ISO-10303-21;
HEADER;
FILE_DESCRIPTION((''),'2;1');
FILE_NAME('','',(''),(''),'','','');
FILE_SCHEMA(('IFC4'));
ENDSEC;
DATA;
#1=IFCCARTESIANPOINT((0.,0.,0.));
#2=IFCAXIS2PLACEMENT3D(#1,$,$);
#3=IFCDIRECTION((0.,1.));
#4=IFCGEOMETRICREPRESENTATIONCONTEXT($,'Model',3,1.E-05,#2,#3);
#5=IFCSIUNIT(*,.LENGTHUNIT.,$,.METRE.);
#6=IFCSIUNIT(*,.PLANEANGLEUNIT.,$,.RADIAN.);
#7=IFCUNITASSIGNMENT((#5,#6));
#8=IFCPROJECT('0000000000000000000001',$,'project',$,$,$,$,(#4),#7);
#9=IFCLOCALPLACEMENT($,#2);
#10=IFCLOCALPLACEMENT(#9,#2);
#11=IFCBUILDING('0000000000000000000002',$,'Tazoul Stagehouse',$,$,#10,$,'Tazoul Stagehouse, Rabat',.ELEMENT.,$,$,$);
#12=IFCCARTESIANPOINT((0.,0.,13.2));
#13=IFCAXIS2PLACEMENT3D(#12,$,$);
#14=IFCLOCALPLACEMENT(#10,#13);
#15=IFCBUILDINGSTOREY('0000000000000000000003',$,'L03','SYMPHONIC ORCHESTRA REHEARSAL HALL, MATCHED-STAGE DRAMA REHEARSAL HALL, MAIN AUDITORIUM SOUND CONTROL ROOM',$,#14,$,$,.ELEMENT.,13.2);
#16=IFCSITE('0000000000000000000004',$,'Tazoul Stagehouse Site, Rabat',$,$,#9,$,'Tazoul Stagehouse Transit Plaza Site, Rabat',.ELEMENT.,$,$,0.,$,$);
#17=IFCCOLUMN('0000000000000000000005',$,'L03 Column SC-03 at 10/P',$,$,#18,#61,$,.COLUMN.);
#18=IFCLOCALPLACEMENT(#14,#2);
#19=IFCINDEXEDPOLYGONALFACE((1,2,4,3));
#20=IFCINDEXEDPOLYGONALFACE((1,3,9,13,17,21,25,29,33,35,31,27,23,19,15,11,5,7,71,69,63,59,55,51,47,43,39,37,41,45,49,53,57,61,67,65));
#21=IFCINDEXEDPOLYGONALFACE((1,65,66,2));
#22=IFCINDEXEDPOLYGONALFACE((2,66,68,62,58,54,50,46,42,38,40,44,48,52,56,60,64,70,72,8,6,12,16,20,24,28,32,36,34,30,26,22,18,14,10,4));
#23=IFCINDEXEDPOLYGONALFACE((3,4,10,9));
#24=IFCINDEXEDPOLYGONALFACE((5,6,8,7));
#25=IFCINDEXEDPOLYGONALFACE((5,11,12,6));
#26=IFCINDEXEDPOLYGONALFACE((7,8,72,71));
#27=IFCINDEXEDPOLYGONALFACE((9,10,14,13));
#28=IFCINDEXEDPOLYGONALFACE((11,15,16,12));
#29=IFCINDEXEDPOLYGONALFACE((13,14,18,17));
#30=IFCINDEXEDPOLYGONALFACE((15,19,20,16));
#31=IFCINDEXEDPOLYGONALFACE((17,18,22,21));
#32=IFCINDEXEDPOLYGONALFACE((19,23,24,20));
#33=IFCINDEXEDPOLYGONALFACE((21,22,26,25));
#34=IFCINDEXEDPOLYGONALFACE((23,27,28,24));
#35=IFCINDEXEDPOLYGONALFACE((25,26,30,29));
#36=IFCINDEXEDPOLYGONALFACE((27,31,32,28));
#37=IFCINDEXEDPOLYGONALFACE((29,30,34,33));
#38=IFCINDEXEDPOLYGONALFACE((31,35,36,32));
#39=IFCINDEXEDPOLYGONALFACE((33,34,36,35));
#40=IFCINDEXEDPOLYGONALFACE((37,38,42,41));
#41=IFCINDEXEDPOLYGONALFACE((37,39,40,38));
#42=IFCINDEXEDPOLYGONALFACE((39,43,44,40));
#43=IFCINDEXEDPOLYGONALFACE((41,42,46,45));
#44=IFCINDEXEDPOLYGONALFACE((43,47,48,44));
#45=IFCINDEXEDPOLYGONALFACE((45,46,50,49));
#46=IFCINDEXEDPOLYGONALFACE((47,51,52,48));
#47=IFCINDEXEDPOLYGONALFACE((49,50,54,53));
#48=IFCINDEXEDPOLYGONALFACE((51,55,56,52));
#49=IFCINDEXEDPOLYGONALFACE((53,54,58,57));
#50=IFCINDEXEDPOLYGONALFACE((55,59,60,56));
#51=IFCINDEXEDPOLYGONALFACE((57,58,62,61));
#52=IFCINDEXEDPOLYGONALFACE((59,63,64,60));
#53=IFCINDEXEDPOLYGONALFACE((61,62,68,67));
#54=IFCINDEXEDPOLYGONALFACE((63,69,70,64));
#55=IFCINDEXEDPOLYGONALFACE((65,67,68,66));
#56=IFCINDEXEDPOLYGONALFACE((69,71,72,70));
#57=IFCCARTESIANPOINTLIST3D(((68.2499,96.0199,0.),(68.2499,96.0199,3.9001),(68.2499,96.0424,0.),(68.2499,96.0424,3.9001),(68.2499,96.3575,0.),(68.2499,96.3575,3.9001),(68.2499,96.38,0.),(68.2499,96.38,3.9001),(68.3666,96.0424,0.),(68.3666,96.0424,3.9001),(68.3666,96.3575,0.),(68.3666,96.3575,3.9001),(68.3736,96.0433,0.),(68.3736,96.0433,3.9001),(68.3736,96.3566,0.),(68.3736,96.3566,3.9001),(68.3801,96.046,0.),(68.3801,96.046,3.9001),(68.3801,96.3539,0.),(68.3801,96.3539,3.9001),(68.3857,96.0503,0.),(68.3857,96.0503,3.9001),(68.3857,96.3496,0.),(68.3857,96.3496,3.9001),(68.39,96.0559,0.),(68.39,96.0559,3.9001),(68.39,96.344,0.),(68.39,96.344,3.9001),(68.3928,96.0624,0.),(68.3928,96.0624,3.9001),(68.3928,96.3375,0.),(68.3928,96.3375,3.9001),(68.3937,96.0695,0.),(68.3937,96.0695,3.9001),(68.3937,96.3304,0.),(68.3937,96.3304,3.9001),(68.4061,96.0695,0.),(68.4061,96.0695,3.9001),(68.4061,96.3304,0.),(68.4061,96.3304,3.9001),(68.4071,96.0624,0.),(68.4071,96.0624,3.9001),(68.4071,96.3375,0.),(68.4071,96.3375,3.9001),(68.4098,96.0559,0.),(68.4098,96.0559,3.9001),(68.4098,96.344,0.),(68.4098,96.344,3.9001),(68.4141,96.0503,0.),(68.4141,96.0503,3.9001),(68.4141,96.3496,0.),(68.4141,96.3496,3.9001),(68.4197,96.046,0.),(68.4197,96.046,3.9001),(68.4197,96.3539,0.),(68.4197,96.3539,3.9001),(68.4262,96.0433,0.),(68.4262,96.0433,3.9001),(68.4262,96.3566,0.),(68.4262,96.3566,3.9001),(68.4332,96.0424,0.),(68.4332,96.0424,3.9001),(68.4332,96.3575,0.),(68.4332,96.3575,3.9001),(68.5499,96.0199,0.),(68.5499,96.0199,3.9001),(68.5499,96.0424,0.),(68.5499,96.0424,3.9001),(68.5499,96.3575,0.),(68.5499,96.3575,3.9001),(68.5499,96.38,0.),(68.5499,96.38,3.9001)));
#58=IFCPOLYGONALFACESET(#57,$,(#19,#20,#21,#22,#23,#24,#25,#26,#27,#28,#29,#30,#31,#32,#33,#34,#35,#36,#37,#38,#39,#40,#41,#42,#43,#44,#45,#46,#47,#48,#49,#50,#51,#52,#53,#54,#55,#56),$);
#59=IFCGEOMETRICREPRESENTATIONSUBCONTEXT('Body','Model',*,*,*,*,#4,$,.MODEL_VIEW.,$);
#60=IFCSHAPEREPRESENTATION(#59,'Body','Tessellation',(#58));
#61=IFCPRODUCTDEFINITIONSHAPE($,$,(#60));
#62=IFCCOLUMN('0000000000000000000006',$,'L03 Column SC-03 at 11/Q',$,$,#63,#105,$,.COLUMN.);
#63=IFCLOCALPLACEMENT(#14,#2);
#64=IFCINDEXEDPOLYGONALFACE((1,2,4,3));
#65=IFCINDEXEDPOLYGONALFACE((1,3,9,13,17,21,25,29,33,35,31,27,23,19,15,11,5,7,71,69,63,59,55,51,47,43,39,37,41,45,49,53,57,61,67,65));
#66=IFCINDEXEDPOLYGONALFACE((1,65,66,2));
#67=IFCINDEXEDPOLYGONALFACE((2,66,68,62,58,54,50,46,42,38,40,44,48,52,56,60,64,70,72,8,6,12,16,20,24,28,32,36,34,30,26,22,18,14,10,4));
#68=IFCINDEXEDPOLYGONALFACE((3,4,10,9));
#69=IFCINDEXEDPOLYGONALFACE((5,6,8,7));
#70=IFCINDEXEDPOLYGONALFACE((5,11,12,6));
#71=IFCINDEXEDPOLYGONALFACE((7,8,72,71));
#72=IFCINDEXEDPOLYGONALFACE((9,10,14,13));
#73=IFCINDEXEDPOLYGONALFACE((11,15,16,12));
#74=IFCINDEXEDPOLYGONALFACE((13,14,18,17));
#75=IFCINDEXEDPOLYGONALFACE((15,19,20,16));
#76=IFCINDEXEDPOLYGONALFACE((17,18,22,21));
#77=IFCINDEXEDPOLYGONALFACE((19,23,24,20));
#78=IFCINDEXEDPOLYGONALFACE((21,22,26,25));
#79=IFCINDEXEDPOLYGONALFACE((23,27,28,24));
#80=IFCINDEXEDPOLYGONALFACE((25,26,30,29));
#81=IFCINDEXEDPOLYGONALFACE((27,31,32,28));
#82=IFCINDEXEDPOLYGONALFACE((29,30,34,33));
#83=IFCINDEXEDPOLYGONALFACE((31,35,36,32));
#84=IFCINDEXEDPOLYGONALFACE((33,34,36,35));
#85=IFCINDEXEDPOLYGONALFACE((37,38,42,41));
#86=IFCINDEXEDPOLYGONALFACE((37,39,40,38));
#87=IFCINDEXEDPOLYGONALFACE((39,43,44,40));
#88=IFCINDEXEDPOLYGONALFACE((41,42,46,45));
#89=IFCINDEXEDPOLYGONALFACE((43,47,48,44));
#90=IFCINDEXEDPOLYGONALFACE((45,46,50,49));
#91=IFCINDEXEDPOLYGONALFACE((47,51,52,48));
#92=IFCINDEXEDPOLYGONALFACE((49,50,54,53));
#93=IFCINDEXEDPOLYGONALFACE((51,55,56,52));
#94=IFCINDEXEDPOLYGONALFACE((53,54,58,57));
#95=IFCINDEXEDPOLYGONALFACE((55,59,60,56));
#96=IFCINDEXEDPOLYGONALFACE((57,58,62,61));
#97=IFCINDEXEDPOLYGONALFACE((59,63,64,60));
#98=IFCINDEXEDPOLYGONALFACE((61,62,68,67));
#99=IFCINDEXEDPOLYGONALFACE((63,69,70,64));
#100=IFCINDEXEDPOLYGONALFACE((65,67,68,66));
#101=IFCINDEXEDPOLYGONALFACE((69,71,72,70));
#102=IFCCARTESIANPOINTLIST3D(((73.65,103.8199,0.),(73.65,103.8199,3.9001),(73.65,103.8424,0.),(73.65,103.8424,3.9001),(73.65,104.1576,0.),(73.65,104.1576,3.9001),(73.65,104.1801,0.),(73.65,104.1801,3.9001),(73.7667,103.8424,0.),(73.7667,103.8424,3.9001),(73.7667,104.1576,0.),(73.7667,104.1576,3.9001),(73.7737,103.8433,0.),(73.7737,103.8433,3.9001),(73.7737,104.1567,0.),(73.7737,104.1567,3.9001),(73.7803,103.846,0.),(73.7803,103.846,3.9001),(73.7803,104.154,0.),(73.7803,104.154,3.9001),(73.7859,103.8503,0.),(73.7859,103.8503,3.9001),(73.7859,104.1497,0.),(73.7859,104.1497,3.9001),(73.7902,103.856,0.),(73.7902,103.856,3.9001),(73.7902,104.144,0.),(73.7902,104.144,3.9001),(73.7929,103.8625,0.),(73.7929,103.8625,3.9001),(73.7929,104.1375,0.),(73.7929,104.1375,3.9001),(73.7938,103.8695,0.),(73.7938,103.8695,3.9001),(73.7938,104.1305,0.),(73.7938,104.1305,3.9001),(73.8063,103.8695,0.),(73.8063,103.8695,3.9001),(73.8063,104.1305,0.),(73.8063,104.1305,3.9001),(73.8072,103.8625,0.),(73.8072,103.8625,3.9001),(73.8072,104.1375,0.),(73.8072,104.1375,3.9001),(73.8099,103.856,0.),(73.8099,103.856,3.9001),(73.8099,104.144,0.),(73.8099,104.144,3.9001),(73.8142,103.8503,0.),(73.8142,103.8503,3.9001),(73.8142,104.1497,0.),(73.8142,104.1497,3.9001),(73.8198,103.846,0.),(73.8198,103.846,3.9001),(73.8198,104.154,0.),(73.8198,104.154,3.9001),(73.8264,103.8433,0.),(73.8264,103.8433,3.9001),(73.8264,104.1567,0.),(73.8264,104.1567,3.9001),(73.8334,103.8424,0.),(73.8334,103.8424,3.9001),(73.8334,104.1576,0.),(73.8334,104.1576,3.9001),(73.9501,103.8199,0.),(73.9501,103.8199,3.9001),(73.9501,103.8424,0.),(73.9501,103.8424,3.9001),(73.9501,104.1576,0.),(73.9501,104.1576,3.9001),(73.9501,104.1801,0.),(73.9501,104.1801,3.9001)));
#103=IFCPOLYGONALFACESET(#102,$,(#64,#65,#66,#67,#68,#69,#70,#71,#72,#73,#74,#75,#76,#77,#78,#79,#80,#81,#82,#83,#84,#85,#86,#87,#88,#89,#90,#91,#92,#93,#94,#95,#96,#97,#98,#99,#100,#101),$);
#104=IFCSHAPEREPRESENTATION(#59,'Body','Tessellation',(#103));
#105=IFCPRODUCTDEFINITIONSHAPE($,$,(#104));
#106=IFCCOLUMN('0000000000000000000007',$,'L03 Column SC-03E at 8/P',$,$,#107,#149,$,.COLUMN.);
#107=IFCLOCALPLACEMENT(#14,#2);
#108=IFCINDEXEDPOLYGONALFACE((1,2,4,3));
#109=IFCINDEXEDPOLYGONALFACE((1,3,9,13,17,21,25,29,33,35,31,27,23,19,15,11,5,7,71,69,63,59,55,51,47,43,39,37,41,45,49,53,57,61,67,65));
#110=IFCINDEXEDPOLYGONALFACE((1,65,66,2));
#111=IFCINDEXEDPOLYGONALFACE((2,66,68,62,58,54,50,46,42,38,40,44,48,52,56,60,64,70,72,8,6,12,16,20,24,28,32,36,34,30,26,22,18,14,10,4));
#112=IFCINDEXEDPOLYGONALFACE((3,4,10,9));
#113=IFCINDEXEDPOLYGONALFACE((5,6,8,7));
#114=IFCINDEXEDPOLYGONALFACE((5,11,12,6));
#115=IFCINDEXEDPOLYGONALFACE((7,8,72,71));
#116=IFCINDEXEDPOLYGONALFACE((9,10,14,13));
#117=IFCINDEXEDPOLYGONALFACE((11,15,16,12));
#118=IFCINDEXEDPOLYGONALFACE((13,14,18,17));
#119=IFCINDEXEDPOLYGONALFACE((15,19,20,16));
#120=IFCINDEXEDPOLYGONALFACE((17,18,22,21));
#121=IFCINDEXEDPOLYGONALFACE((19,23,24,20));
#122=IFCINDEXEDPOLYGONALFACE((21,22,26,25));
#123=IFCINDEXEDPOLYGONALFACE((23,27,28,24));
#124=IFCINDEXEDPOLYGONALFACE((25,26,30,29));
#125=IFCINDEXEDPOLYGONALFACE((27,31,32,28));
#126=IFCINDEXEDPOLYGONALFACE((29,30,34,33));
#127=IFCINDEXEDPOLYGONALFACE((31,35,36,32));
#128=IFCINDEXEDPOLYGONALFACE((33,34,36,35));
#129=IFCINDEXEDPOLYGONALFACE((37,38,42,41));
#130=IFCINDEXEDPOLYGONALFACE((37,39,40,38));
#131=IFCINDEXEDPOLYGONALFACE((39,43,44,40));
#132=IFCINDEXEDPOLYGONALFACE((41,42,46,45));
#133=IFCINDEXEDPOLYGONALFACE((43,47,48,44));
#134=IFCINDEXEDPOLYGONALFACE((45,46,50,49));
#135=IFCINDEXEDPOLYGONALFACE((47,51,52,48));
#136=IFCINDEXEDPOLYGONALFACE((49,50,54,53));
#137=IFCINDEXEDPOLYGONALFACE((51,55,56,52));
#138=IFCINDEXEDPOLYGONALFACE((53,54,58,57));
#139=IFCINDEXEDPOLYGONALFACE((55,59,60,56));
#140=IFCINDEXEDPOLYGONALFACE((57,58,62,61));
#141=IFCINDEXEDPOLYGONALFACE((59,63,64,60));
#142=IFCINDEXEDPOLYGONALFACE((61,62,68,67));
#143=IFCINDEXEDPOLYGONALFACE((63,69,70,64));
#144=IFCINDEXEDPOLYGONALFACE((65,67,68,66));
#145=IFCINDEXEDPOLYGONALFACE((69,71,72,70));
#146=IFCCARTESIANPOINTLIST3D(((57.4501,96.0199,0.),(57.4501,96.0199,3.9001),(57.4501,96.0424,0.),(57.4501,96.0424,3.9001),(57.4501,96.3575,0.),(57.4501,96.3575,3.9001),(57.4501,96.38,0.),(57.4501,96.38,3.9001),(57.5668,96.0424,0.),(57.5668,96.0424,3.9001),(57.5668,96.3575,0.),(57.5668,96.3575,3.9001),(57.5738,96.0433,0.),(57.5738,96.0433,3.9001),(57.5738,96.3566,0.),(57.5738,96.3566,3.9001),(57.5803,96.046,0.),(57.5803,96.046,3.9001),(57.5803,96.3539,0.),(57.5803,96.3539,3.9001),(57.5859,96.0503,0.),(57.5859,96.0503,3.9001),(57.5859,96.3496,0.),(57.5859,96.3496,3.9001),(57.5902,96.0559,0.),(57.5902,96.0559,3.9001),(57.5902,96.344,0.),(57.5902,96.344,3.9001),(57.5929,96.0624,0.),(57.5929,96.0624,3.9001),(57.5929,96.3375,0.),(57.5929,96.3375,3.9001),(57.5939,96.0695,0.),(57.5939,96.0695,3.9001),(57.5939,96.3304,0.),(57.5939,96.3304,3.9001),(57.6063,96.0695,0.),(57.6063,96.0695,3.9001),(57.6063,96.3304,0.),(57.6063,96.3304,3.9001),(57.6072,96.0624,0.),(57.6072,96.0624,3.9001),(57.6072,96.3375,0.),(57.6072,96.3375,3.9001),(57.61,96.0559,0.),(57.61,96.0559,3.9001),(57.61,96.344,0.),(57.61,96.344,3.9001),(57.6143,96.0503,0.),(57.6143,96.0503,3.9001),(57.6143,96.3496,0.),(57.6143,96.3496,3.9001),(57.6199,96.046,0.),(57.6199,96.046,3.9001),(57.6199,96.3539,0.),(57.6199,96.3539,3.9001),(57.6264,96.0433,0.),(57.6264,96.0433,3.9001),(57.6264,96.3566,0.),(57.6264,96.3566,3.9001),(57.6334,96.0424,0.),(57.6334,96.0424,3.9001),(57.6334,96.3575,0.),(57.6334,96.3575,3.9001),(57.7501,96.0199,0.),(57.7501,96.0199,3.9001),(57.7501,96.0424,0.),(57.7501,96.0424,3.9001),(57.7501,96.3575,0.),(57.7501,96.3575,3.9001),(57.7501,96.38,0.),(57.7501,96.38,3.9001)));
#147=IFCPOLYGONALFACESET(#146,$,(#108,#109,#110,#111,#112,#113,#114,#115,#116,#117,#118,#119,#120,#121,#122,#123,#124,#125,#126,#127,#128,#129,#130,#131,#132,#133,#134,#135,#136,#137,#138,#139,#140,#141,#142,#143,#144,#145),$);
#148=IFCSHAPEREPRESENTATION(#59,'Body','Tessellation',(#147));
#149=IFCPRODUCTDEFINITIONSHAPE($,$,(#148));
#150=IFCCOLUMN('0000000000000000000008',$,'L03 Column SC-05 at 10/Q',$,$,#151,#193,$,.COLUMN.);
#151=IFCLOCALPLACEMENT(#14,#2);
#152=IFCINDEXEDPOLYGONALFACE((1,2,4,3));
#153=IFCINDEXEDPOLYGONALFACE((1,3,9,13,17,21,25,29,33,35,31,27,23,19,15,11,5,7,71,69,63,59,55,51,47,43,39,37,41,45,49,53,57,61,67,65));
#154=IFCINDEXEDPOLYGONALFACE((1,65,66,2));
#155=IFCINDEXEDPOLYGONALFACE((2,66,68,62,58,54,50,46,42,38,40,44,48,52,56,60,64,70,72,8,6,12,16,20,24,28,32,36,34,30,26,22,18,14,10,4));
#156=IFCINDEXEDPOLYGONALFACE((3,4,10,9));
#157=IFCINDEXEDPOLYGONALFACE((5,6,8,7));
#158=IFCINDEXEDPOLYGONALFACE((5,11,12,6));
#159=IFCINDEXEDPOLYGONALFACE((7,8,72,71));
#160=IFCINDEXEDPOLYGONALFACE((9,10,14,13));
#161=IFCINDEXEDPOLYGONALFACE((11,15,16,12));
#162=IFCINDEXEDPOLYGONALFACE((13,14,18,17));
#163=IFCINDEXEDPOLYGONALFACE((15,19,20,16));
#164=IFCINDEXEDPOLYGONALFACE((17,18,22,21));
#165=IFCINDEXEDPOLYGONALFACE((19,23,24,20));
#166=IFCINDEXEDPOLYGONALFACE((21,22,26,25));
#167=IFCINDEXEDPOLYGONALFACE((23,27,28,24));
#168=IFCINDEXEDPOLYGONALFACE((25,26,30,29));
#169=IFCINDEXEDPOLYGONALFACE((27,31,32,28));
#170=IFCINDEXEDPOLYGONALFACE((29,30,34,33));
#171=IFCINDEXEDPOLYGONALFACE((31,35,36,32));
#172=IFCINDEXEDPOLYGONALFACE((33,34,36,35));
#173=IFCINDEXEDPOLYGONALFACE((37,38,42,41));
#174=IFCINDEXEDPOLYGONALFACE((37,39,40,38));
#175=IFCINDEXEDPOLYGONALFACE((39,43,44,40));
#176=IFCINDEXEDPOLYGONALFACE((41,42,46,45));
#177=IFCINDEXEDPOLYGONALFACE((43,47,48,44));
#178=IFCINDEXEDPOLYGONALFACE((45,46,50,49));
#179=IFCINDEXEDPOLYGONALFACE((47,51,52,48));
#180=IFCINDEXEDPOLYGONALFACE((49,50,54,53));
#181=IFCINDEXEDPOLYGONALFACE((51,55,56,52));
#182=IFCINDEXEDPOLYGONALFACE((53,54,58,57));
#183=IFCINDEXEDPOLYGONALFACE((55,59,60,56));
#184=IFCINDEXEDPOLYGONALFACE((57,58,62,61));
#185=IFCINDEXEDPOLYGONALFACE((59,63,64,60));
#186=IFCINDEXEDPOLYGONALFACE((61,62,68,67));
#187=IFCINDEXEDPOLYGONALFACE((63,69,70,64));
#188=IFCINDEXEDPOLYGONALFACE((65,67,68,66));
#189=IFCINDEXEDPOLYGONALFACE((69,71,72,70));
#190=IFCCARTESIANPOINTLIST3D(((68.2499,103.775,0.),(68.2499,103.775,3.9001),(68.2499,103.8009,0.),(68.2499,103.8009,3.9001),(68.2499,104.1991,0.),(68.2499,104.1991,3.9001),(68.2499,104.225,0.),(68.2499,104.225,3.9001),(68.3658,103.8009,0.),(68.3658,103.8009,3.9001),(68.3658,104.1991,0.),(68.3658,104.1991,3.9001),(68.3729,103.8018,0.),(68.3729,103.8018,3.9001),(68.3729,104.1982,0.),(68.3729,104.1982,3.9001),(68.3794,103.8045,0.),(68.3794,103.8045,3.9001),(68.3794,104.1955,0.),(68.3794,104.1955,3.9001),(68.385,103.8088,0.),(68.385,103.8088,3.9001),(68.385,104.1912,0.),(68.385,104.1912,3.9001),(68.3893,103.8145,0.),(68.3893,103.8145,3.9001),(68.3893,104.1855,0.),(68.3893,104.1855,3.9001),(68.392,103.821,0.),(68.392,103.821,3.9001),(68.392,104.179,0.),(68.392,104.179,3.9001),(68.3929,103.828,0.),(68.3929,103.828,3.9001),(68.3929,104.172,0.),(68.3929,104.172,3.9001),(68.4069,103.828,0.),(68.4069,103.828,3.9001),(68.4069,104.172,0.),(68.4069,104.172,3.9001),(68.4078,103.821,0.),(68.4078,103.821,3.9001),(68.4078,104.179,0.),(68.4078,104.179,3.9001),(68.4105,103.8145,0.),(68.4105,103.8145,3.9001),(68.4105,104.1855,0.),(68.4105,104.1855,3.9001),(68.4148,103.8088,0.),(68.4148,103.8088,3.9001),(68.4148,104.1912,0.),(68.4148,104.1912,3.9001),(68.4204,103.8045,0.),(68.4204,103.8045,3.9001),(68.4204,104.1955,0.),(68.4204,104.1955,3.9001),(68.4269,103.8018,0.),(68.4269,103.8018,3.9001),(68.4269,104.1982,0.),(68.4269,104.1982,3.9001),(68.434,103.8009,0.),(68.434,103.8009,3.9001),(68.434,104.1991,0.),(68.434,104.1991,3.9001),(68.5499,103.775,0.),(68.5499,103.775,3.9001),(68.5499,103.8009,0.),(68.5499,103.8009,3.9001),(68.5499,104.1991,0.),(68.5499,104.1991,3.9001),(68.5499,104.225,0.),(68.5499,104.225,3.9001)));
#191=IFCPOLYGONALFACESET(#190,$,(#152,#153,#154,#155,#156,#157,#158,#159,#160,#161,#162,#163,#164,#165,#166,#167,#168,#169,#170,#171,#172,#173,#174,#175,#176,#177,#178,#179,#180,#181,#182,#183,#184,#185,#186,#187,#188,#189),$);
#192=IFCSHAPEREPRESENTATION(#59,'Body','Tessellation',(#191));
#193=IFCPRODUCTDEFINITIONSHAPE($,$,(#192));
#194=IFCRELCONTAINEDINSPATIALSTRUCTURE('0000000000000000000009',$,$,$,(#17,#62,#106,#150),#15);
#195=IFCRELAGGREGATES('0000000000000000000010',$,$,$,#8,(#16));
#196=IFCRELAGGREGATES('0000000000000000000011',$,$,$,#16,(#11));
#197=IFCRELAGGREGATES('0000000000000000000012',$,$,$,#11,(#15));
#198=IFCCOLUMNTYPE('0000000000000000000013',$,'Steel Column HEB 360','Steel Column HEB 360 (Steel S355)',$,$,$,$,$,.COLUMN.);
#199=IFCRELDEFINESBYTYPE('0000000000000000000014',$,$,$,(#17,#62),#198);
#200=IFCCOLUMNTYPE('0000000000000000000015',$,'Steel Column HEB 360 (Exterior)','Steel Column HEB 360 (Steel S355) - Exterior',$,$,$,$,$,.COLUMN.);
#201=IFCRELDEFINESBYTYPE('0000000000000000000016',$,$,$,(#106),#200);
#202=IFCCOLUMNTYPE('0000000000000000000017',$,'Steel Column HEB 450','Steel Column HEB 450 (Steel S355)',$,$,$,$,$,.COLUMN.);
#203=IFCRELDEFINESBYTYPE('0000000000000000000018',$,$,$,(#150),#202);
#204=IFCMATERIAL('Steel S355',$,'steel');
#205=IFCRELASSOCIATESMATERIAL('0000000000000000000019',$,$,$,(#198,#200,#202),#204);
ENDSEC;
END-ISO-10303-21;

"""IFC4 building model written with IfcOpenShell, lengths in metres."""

from ifc_helpers import new_model, si_unit, direction, frame, origin, origin_2d, place, context, subcontext, project, spatial, i_section, extrude, material, material_profile, profile_set, type_object, element, save


model = new_model("IFC4")

# Units and contexts
model_context = context("Model", 3, precision=1e-05, world=origin(), true_north=direction((0.0, 1.0)))
body_context = subcontext(model_context, "Body", "Model", "MODEL_VIEW")
ifc_project = project(units=[si_unit("LENGTHUNIT", "METRE"), si_unit("PLANEANGLEUNIT", "RADIAN")], contexts=[model_context])

# Site, building, storey
site_placement = place(None, origin())
site = spatial("IfcSite", under=ifc_project, at=site_placement, Name="Tazoul Stagehouse Site, Rabat", LongName="Tazoul Stagehouse Transit Plaza Site, Rabat", CompositionType="ELEMENT", RefElevation=0.0)
building_placement = place(site_placement, origin())
building = spatial("IfcBuilding", under=site, at=building_placement, Name="Tazoul Stagehouse", LongName="Tazoul Stagehouse, Rabat", CompositionType="ELEMENT")
storey_placement = place(building_placement, frame((0.0, 0.0, 13.2)))
storey = spatial("IfcBuildingStorey", under=building, at=storey_placement, Name="L03", Description="SYMPHONIC ORCHESTRA REHEARSAL HALL, MATCHED-STAGE DRAMA REHEARSAL HALL, MAIN AUDITORIUM SOUND CONTROL ROOM", CompositionType="ELEMENT", Elevation=13.2)

# Columns
ifc_material_1 = material(Name="Steel S355", Category="steel")
ifc_material_profile_1 = material_profile(ifc_material_1, i_section(OverallWidth=0.3, OverallDepth=0.3601, WebThickness=0.0125, FlangeThickness=0.0225, FilletRadius=0.0271, at=origin_2d()), Name="HEB 360")
ifc_profile_set_1 = profile_set([ifc_material_profile_1], Name="Steel S355")
column_type_1 = type_object("IfcColumnType", Name="Steel Column HEB 360", Description="Steel Column HEB 360 (Steel S355)", PredefinedType="COLUMN", material=ifc_profile_set_1)
for number, where, z_axis, x_axis, name in (
    (1, (68.3999, 96.2, 0.0), (0.0, 0.0, 1.0), (1.0, 0.0, 0.0), "L03 Column SC-03 at 10/P"),
    (2, (73.8, 104.0, 0.0), (0.0, 0.0, 1.0), (1.0, 0.0, 0.0), "L03 Column SC-03 at 11/Q"),
):
    element("IfcColumn", number, at=place(storey_placement, frame(where, z_axis=z_axis, x_axis=x_axis)), inside=storey, type_object=column_type_1, Name=name, PredefinedType="COLUMN", context=body_context, shape_type="SweptSolid", body=[
        extrude(i_section(OverallWidth=0.3, OverallDepth=0.3601, WebThickness=0.0125, FlangeThickness=0.0225, FilletRadius=0.0271, at=origin_2d()), origin(), (0.0, 0.0, 1.0), 3.9001),
    ])
ifc_material_profile_2 = material_profile(ifc_material_1, i_section(OverallWidth=0.3, OverallDepth=0.3601, WebThickness=0.0125, FlangeThickness=0.0225, FilletRadius=0.0271, at=origin_2d()), Name="HEB 360")
ifc_profile_set_2 = profile_set([ifc_material_profile_2], Name="Steel S355")
column_type_2 = type_object("IfcColumnType", Name="Steel Column HEB 360 (Exterior)", Description="Steel Column HEB 360 (Steel S355) - Exterior", PredefinedType="COLUMN", material=ifc_profile_set_2)
column_1_placement = place(storey_placement, frame((57.6001, 96.2, 0.0), z_axis=(0.0, 0.0, 1.0), x_axis=(1.0, 0.0, 0.0)))
element("IfcColumn", 3, at=column_1_placement, inside=storey, type_object=column_type_2, Name="L03 Column SC-03E at 8/P", PredefinedType="COLUMN", context=body_context, shape_type="SweptSolid", body=[
    extrude(i_section(OverallWidth=0.3, OverallDepth=0.3601, WebThickness=0.0125, FlangeThickness=0.0225, FilletRadius=0.0271, at=origin_2d()), origin(), (0.0, 0.0, 1.0), 3.9001),
])
ifc_material_profile_3 = material_profile(ifc_material_1, i_section(OverallWidth=0.3, OverallDepth=0.45, WebThickness=0.0139, FlangeThickness=0.0259, FilletRadius=0.0271, at=origin_2d()), Name="HEB 450")
ifc_profile_set_3 = profile_set([ifc_material_profile_3], Name="Steel S355")
column_type_3 = type_object("IfcColumnType", Name="Steel Column HEB 450", Description="Steel Column HEB 450 (Steel S355)", PredefinedType="COLUMN", material=ifc_profile_set_3)
column_2_placement = place(storey_placement, frame((68.3999, 104.0, 0.0), z_axis=(0.0, 0.0, 1.0), x_axis=(1.0, 0.0, 0.0)))
element("IfcColumn", 4, at=column_2_placement, inside=storey, type_object=column_type_3, Name="L03 Column SC-05 at 10/Q", PredefinedType="COLUMN", context=body_context, shape_type="SweptSolid", body=[
    extrude(i_section(OverallWidth=0.3, OverallDepth=0.45, WebThickness=0.0139, FlangeThickness=0.0259, FilletRadius=0.0271, at=origin_2d()), origin(), (0.0, 0.0, 1.0), 3.9001),
])

save(model, "model.ifc")
